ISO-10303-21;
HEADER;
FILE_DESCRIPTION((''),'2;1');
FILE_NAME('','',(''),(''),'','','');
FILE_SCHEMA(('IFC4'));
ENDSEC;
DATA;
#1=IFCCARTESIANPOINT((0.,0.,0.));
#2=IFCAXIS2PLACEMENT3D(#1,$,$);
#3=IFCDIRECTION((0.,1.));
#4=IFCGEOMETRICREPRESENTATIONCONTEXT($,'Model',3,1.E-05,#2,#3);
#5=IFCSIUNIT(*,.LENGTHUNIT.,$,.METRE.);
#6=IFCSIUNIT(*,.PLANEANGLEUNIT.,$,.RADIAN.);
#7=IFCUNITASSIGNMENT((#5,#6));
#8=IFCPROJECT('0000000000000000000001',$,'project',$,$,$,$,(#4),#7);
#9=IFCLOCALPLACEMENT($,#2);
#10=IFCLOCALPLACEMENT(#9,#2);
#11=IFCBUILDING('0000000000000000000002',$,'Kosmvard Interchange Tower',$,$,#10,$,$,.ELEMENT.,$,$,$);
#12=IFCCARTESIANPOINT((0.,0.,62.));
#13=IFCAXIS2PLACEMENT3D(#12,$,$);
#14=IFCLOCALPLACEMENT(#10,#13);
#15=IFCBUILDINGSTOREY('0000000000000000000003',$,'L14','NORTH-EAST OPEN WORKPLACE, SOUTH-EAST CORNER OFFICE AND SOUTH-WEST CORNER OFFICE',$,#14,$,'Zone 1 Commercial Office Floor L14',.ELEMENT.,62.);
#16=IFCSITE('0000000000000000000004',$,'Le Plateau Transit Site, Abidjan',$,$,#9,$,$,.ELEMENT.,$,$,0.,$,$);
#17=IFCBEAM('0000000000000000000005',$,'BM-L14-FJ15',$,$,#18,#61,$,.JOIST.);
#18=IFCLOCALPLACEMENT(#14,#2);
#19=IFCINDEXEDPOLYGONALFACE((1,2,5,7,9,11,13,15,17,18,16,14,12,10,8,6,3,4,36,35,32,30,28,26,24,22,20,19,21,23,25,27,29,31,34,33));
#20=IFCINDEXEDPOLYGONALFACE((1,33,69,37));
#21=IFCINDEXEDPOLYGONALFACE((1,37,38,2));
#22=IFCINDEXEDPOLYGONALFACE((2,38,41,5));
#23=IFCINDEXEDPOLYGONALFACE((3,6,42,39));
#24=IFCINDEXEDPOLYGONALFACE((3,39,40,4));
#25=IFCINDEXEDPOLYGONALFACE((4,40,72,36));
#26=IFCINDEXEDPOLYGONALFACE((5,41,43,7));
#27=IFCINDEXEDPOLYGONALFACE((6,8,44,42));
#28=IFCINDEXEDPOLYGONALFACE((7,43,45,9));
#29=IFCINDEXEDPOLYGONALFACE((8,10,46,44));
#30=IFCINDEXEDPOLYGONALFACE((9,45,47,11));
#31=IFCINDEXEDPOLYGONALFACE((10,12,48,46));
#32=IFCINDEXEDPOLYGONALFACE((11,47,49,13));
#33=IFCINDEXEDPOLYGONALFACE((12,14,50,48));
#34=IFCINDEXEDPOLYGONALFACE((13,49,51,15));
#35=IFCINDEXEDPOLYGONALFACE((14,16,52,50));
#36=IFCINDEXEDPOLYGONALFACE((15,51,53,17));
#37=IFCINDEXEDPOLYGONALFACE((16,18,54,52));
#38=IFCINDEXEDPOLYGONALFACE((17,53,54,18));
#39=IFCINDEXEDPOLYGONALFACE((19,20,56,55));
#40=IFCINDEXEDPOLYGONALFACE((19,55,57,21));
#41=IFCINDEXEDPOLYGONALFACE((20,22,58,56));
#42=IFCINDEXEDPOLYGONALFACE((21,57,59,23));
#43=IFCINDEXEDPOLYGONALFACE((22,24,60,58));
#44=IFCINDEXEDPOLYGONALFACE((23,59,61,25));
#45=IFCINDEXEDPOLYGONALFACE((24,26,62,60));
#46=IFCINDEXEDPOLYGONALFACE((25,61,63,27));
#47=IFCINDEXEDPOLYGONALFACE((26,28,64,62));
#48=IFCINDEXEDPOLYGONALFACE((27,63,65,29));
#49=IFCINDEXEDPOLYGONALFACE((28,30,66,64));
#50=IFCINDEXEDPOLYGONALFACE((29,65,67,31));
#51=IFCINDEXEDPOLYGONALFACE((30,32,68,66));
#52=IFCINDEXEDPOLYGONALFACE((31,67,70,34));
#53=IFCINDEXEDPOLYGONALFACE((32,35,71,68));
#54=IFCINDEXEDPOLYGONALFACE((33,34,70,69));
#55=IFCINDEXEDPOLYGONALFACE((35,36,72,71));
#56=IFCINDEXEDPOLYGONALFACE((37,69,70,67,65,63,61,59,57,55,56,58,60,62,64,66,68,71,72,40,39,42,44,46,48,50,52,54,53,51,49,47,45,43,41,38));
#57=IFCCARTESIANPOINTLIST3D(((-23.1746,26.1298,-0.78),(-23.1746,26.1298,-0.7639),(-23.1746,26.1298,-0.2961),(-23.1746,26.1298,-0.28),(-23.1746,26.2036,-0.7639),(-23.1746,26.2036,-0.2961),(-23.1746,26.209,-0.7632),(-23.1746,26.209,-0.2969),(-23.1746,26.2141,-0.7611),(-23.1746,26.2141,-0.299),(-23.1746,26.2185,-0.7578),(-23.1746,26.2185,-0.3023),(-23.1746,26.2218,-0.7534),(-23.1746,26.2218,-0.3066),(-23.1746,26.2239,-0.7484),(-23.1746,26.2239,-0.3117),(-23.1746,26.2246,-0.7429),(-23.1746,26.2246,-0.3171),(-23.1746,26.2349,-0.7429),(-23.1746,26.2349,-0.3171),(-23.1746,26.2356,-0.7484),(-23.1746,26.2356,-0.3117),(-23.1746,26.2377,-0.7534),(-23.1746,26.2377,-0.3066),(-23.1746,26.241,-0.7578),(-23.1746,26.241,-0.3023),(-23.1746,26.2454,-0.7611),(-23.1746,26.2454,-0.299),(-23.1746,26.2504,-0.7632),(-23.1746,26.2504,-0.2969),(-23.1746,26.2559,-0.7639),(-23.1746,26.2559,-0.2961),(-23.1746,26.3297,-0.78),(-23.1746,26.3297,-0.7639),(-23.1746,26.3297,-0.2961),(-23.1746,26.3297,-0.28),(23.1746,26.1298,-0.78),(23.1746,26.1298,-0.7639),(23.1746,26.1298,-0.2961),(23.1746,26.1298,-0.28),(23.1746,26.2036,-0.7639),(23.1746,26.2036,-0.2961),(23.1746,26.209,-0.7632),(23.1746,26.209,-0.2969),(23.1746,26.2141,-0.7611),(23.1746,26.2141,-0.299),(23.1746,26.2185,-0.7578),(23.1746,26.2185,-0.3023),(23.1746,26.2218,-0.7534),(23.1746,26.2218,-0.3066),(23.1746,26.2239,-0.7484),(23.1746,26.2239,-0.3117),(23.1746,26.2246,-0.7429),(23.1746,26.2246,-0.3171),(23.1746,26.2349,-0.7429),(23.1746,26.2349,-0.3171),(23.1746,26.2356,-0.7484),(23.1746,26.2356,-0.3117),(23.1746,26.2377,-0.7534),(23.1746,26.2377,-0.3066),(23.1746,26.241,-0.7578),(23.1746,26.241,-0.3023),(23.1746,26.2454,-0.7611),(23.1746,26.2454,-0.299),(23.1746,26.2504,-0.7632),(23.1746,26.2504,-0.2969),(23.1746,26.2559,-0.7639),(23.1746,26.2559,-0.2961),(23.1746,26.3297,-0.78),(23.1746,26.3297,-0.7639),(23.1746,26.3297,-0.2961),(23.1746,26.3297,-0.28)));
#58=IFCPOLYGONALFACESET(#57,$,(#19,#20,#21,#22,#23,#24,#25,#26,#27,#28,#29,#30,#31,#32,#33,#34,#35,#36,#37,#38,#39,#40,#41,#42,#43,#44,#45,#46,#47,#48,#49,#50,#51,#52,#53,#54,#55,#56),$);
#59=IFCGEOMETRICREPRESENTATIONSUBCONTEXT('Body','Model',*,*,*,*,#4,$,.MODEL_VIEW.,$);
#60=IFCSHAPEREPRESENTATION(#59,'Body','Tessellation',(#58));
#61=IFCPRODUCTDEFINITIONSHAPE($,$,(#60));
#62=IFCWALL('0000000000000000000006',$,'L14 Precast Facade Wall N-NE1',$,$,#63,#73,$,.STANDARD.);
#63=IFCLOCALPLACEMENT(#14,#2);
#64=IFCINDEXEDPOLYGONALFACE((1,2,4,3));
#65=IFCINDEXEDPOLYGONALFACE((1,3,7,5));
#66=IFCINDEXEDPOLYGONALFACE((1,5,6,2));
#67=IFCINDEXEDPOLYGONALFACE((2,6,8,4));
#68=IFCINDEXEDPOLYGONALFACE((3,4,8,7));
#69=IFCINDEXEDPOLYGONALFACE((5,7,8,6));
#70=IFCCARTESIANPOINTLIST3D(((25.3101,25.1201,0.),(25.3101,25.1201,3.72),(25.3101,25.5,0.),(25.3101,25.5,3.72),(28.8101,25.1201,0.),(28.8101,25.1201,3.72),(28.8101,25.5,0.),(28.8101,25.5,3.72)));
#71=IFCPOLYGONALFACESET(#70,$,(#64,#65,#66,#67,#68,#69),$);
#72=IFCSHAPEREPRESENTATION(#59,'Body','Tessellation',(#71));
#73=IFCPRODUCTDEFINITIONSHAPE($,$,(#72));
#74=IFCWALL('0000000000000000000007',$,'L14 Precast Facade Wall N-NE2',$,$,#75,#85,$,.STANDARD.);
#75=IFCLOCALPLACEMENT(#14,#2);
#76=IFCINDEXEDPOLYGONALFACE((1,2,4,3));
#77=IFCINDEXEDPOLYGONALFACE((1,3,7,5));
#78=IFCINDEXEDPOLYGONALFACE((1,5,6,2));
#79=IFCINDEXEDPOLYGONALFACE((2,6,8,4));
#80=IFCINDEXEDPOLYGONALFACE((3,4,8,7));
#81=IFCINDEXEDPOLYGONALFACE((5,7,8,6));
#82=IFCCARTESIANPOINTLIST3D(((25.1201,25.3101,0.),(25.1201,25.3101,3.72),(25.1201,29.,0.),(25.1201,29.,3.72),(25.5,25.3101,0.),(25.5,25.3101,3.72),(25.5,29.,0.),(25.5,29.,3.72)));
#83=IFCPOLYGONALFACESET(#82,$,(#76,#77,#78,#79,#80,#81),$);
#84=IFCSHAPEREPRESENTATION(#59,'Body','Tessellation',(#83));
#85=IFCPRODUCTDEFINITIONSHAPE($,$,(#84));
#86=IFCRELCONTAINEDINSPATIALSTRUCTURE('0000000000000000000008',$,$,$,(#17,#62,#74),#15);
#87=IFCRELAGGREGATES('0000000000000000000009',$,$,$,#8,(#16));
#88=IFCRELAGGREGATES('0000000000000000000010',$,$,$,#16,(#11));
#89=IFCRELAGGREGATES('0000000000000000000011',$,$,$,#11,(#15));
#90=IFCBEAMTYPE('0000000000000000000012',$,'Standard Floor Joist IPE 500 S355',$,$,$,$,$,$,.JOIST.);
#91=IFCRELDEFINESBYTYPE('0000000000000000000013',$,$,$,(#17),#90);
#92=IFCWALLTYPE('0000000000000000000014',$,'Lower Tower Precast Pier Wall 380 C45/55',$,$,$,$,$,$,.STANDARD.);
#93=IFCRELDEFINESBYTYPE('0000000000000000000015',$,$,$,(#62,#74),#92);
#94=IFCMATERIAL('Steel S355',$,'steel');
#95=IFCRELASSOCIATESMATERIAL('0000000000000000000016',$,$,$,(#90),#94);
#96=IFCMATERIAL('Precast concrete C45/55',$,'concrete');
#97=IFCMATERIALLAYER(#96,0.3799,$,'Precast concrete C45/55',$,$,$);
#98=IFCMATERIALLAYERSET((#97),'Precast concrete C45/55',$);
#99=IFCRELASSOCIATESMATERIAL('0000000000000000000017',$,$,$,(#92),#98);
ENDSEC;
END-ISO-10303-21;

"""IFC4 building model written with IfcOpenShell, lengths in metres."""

from ifc_helpers import new_model, si_unit, direction, frame, frame_2d, origin, origin_2d, place, context, subcontext, project, spatial, rectangle, i_section, extrude, source, transform, mapped, material, layer, layer_set, material_profile, profile_set, type_object, element, save


model = new_model("IFC4")

# Units and contexts
model_context = context("Model", 3, precision=1e-05, world=origin(), true_north=direction((0.0, 1.0)))
body_context = subcontext(model_context, "Body", "Model", "MODEL_VIEW")
ifc_project = project(units=[si_unit("LENGTHUNIT", "METRE"), si_unit("PLANEANGLEUNIT", "RADIAN")], contexts=[model_context])

# Site, building, storey
site_placement = place(None, origin())
site = spatial("IfcSite", under=ifc_project, at=site_placement, Name="Le Plateau Transit Site, Abidjan", CompositionType="ELEMENT", RefElevation=0.0)
building_placement = place(site_placement, origin())
building = spatial("IfcBuilding", under=site, at=building_placement, Name="Kosmvard Interchange Tower", CompositionType="ELEMENT")
storey_placement = place(building_placement, frame((0.0, 0.0, 62.0)))
storey = spatial("IfcBuildingStorey", under=building, at=storey_placement, Name="L14", Description="NORTH-EAST OPEN WORKPLACE, SOUTH-EAST CORNER OFFICE AND SOUTH-WEST CORNER OFFICE", LongName="Zone 1 Commercial Office Floor L14", CompositionType="ELEMENT", Elevation=62.0)

# Beam
ifc_material_1 = material(Name="Steel S355", Category="steel")
ifc_material_2 = material(Name="Precast concrete C45/55", Category="concrete")
ifc_material_profile_1 = material_profile(ifc_material_1, i_section(OverallWidth=0.2, OverallDepth=0.5, WebThickness=0.0103, FlangeThickness=0.0161, FilletRadius=0.021, at=origin_2d()), Name="IPE 500")
ifc_profile_set_1 = profile_set([ifc_material_profile_1], Name="Steel S355")
beam_type_1 = type_object("IfcBeamType", Name="Standard Floor Joist IPE 500 S355", PredefinedType="JOIST", material=ifc_profile_set_1)
shared_shape_1 = source(origin(), body_context, "Body", "SweptSolid", [
    extrude(i_section(OverallWidth=0.2, OverallDepth=0.5, WebThickness=0.0103, FlangeThickness=0.0161, FilletRadius=0.021, at=origin_2d()), origin(), (0.0, 0.0, 1.0), 46.3491),
])
beam_1_placement = place(storey_placement, frame((23.1746, 26.2297, -0.53), z_axis=(-1.0, 0.0, 0.0), x_axis=(0.0, -1.0, 0.0)))
element("IfcBeam", 1, at=beam_1_placement, inside=storey, type_object=beam_type_1, Name="BM-L14-FJ15", PredefinedType="JOIST", context=body_context, shape_type="MappedRepresentation", body=[
    mapped(shared_shape_1, transform((0.0, 0.0, 0.0), scale=1.0)),
])

# Walls
ifc_layer_1 = layer(ifc_material_2, 0.3799, Name="Precast concrete C45/55")
ifc_layer_set_1 = layer_set([ifc_layer_1], Name="Precast concrete C45/55")
wall_type = type_object("IfcWallType", Name="Lower Tower Precast Pier Wall 380 C45/55", PredefinedType="STANDARD", material=ifc_layer_set_1)
wall_1_placement = place(storey_placement, frame((28.8101, 25.3101, 0.0), z_axis=(0.0, 0.0, 1.0), x_axis=(-1.0, 0.0, 0.0)))
element("IfcWall", 2, at=wall_1_placement, inside=storey, type_object=wall_type, Name="L14 Precast Facade Wall N-NE1", PredefinedType="STANDARD", context=body_context, shape_type="SweptSolid", body=[
    extrude(rectangle(XDim=3.5, YDim=0.3799, at=frame_2d((1.75, 0.0))), origin(), (0.0, 0.0, 1.0), 3.72),
])
wall_2_placement = place(storey_placement, frame((25.3101, 25.3101, 0.0), z_axis=(0.0, 0.0, 1.0), x_axis=(0.0, 1.0, 0.0)))
element("IfcWall", 3, at=wall_2_placement, inside=storey, type_object=wall_type, Name="L14 Precast Facade Wall N-NE2", PredefinedType="STANDARD", context=body_context, shape_type="SweptSolid", body=[
    extrude(rectangle(XDim=3.6899, YDim=0.3799, at=frame_2d((1.845, 0.0))), origin(), (0.0, 0.0, 1.0), 3.72),
])

save(model, "model.ifc")
